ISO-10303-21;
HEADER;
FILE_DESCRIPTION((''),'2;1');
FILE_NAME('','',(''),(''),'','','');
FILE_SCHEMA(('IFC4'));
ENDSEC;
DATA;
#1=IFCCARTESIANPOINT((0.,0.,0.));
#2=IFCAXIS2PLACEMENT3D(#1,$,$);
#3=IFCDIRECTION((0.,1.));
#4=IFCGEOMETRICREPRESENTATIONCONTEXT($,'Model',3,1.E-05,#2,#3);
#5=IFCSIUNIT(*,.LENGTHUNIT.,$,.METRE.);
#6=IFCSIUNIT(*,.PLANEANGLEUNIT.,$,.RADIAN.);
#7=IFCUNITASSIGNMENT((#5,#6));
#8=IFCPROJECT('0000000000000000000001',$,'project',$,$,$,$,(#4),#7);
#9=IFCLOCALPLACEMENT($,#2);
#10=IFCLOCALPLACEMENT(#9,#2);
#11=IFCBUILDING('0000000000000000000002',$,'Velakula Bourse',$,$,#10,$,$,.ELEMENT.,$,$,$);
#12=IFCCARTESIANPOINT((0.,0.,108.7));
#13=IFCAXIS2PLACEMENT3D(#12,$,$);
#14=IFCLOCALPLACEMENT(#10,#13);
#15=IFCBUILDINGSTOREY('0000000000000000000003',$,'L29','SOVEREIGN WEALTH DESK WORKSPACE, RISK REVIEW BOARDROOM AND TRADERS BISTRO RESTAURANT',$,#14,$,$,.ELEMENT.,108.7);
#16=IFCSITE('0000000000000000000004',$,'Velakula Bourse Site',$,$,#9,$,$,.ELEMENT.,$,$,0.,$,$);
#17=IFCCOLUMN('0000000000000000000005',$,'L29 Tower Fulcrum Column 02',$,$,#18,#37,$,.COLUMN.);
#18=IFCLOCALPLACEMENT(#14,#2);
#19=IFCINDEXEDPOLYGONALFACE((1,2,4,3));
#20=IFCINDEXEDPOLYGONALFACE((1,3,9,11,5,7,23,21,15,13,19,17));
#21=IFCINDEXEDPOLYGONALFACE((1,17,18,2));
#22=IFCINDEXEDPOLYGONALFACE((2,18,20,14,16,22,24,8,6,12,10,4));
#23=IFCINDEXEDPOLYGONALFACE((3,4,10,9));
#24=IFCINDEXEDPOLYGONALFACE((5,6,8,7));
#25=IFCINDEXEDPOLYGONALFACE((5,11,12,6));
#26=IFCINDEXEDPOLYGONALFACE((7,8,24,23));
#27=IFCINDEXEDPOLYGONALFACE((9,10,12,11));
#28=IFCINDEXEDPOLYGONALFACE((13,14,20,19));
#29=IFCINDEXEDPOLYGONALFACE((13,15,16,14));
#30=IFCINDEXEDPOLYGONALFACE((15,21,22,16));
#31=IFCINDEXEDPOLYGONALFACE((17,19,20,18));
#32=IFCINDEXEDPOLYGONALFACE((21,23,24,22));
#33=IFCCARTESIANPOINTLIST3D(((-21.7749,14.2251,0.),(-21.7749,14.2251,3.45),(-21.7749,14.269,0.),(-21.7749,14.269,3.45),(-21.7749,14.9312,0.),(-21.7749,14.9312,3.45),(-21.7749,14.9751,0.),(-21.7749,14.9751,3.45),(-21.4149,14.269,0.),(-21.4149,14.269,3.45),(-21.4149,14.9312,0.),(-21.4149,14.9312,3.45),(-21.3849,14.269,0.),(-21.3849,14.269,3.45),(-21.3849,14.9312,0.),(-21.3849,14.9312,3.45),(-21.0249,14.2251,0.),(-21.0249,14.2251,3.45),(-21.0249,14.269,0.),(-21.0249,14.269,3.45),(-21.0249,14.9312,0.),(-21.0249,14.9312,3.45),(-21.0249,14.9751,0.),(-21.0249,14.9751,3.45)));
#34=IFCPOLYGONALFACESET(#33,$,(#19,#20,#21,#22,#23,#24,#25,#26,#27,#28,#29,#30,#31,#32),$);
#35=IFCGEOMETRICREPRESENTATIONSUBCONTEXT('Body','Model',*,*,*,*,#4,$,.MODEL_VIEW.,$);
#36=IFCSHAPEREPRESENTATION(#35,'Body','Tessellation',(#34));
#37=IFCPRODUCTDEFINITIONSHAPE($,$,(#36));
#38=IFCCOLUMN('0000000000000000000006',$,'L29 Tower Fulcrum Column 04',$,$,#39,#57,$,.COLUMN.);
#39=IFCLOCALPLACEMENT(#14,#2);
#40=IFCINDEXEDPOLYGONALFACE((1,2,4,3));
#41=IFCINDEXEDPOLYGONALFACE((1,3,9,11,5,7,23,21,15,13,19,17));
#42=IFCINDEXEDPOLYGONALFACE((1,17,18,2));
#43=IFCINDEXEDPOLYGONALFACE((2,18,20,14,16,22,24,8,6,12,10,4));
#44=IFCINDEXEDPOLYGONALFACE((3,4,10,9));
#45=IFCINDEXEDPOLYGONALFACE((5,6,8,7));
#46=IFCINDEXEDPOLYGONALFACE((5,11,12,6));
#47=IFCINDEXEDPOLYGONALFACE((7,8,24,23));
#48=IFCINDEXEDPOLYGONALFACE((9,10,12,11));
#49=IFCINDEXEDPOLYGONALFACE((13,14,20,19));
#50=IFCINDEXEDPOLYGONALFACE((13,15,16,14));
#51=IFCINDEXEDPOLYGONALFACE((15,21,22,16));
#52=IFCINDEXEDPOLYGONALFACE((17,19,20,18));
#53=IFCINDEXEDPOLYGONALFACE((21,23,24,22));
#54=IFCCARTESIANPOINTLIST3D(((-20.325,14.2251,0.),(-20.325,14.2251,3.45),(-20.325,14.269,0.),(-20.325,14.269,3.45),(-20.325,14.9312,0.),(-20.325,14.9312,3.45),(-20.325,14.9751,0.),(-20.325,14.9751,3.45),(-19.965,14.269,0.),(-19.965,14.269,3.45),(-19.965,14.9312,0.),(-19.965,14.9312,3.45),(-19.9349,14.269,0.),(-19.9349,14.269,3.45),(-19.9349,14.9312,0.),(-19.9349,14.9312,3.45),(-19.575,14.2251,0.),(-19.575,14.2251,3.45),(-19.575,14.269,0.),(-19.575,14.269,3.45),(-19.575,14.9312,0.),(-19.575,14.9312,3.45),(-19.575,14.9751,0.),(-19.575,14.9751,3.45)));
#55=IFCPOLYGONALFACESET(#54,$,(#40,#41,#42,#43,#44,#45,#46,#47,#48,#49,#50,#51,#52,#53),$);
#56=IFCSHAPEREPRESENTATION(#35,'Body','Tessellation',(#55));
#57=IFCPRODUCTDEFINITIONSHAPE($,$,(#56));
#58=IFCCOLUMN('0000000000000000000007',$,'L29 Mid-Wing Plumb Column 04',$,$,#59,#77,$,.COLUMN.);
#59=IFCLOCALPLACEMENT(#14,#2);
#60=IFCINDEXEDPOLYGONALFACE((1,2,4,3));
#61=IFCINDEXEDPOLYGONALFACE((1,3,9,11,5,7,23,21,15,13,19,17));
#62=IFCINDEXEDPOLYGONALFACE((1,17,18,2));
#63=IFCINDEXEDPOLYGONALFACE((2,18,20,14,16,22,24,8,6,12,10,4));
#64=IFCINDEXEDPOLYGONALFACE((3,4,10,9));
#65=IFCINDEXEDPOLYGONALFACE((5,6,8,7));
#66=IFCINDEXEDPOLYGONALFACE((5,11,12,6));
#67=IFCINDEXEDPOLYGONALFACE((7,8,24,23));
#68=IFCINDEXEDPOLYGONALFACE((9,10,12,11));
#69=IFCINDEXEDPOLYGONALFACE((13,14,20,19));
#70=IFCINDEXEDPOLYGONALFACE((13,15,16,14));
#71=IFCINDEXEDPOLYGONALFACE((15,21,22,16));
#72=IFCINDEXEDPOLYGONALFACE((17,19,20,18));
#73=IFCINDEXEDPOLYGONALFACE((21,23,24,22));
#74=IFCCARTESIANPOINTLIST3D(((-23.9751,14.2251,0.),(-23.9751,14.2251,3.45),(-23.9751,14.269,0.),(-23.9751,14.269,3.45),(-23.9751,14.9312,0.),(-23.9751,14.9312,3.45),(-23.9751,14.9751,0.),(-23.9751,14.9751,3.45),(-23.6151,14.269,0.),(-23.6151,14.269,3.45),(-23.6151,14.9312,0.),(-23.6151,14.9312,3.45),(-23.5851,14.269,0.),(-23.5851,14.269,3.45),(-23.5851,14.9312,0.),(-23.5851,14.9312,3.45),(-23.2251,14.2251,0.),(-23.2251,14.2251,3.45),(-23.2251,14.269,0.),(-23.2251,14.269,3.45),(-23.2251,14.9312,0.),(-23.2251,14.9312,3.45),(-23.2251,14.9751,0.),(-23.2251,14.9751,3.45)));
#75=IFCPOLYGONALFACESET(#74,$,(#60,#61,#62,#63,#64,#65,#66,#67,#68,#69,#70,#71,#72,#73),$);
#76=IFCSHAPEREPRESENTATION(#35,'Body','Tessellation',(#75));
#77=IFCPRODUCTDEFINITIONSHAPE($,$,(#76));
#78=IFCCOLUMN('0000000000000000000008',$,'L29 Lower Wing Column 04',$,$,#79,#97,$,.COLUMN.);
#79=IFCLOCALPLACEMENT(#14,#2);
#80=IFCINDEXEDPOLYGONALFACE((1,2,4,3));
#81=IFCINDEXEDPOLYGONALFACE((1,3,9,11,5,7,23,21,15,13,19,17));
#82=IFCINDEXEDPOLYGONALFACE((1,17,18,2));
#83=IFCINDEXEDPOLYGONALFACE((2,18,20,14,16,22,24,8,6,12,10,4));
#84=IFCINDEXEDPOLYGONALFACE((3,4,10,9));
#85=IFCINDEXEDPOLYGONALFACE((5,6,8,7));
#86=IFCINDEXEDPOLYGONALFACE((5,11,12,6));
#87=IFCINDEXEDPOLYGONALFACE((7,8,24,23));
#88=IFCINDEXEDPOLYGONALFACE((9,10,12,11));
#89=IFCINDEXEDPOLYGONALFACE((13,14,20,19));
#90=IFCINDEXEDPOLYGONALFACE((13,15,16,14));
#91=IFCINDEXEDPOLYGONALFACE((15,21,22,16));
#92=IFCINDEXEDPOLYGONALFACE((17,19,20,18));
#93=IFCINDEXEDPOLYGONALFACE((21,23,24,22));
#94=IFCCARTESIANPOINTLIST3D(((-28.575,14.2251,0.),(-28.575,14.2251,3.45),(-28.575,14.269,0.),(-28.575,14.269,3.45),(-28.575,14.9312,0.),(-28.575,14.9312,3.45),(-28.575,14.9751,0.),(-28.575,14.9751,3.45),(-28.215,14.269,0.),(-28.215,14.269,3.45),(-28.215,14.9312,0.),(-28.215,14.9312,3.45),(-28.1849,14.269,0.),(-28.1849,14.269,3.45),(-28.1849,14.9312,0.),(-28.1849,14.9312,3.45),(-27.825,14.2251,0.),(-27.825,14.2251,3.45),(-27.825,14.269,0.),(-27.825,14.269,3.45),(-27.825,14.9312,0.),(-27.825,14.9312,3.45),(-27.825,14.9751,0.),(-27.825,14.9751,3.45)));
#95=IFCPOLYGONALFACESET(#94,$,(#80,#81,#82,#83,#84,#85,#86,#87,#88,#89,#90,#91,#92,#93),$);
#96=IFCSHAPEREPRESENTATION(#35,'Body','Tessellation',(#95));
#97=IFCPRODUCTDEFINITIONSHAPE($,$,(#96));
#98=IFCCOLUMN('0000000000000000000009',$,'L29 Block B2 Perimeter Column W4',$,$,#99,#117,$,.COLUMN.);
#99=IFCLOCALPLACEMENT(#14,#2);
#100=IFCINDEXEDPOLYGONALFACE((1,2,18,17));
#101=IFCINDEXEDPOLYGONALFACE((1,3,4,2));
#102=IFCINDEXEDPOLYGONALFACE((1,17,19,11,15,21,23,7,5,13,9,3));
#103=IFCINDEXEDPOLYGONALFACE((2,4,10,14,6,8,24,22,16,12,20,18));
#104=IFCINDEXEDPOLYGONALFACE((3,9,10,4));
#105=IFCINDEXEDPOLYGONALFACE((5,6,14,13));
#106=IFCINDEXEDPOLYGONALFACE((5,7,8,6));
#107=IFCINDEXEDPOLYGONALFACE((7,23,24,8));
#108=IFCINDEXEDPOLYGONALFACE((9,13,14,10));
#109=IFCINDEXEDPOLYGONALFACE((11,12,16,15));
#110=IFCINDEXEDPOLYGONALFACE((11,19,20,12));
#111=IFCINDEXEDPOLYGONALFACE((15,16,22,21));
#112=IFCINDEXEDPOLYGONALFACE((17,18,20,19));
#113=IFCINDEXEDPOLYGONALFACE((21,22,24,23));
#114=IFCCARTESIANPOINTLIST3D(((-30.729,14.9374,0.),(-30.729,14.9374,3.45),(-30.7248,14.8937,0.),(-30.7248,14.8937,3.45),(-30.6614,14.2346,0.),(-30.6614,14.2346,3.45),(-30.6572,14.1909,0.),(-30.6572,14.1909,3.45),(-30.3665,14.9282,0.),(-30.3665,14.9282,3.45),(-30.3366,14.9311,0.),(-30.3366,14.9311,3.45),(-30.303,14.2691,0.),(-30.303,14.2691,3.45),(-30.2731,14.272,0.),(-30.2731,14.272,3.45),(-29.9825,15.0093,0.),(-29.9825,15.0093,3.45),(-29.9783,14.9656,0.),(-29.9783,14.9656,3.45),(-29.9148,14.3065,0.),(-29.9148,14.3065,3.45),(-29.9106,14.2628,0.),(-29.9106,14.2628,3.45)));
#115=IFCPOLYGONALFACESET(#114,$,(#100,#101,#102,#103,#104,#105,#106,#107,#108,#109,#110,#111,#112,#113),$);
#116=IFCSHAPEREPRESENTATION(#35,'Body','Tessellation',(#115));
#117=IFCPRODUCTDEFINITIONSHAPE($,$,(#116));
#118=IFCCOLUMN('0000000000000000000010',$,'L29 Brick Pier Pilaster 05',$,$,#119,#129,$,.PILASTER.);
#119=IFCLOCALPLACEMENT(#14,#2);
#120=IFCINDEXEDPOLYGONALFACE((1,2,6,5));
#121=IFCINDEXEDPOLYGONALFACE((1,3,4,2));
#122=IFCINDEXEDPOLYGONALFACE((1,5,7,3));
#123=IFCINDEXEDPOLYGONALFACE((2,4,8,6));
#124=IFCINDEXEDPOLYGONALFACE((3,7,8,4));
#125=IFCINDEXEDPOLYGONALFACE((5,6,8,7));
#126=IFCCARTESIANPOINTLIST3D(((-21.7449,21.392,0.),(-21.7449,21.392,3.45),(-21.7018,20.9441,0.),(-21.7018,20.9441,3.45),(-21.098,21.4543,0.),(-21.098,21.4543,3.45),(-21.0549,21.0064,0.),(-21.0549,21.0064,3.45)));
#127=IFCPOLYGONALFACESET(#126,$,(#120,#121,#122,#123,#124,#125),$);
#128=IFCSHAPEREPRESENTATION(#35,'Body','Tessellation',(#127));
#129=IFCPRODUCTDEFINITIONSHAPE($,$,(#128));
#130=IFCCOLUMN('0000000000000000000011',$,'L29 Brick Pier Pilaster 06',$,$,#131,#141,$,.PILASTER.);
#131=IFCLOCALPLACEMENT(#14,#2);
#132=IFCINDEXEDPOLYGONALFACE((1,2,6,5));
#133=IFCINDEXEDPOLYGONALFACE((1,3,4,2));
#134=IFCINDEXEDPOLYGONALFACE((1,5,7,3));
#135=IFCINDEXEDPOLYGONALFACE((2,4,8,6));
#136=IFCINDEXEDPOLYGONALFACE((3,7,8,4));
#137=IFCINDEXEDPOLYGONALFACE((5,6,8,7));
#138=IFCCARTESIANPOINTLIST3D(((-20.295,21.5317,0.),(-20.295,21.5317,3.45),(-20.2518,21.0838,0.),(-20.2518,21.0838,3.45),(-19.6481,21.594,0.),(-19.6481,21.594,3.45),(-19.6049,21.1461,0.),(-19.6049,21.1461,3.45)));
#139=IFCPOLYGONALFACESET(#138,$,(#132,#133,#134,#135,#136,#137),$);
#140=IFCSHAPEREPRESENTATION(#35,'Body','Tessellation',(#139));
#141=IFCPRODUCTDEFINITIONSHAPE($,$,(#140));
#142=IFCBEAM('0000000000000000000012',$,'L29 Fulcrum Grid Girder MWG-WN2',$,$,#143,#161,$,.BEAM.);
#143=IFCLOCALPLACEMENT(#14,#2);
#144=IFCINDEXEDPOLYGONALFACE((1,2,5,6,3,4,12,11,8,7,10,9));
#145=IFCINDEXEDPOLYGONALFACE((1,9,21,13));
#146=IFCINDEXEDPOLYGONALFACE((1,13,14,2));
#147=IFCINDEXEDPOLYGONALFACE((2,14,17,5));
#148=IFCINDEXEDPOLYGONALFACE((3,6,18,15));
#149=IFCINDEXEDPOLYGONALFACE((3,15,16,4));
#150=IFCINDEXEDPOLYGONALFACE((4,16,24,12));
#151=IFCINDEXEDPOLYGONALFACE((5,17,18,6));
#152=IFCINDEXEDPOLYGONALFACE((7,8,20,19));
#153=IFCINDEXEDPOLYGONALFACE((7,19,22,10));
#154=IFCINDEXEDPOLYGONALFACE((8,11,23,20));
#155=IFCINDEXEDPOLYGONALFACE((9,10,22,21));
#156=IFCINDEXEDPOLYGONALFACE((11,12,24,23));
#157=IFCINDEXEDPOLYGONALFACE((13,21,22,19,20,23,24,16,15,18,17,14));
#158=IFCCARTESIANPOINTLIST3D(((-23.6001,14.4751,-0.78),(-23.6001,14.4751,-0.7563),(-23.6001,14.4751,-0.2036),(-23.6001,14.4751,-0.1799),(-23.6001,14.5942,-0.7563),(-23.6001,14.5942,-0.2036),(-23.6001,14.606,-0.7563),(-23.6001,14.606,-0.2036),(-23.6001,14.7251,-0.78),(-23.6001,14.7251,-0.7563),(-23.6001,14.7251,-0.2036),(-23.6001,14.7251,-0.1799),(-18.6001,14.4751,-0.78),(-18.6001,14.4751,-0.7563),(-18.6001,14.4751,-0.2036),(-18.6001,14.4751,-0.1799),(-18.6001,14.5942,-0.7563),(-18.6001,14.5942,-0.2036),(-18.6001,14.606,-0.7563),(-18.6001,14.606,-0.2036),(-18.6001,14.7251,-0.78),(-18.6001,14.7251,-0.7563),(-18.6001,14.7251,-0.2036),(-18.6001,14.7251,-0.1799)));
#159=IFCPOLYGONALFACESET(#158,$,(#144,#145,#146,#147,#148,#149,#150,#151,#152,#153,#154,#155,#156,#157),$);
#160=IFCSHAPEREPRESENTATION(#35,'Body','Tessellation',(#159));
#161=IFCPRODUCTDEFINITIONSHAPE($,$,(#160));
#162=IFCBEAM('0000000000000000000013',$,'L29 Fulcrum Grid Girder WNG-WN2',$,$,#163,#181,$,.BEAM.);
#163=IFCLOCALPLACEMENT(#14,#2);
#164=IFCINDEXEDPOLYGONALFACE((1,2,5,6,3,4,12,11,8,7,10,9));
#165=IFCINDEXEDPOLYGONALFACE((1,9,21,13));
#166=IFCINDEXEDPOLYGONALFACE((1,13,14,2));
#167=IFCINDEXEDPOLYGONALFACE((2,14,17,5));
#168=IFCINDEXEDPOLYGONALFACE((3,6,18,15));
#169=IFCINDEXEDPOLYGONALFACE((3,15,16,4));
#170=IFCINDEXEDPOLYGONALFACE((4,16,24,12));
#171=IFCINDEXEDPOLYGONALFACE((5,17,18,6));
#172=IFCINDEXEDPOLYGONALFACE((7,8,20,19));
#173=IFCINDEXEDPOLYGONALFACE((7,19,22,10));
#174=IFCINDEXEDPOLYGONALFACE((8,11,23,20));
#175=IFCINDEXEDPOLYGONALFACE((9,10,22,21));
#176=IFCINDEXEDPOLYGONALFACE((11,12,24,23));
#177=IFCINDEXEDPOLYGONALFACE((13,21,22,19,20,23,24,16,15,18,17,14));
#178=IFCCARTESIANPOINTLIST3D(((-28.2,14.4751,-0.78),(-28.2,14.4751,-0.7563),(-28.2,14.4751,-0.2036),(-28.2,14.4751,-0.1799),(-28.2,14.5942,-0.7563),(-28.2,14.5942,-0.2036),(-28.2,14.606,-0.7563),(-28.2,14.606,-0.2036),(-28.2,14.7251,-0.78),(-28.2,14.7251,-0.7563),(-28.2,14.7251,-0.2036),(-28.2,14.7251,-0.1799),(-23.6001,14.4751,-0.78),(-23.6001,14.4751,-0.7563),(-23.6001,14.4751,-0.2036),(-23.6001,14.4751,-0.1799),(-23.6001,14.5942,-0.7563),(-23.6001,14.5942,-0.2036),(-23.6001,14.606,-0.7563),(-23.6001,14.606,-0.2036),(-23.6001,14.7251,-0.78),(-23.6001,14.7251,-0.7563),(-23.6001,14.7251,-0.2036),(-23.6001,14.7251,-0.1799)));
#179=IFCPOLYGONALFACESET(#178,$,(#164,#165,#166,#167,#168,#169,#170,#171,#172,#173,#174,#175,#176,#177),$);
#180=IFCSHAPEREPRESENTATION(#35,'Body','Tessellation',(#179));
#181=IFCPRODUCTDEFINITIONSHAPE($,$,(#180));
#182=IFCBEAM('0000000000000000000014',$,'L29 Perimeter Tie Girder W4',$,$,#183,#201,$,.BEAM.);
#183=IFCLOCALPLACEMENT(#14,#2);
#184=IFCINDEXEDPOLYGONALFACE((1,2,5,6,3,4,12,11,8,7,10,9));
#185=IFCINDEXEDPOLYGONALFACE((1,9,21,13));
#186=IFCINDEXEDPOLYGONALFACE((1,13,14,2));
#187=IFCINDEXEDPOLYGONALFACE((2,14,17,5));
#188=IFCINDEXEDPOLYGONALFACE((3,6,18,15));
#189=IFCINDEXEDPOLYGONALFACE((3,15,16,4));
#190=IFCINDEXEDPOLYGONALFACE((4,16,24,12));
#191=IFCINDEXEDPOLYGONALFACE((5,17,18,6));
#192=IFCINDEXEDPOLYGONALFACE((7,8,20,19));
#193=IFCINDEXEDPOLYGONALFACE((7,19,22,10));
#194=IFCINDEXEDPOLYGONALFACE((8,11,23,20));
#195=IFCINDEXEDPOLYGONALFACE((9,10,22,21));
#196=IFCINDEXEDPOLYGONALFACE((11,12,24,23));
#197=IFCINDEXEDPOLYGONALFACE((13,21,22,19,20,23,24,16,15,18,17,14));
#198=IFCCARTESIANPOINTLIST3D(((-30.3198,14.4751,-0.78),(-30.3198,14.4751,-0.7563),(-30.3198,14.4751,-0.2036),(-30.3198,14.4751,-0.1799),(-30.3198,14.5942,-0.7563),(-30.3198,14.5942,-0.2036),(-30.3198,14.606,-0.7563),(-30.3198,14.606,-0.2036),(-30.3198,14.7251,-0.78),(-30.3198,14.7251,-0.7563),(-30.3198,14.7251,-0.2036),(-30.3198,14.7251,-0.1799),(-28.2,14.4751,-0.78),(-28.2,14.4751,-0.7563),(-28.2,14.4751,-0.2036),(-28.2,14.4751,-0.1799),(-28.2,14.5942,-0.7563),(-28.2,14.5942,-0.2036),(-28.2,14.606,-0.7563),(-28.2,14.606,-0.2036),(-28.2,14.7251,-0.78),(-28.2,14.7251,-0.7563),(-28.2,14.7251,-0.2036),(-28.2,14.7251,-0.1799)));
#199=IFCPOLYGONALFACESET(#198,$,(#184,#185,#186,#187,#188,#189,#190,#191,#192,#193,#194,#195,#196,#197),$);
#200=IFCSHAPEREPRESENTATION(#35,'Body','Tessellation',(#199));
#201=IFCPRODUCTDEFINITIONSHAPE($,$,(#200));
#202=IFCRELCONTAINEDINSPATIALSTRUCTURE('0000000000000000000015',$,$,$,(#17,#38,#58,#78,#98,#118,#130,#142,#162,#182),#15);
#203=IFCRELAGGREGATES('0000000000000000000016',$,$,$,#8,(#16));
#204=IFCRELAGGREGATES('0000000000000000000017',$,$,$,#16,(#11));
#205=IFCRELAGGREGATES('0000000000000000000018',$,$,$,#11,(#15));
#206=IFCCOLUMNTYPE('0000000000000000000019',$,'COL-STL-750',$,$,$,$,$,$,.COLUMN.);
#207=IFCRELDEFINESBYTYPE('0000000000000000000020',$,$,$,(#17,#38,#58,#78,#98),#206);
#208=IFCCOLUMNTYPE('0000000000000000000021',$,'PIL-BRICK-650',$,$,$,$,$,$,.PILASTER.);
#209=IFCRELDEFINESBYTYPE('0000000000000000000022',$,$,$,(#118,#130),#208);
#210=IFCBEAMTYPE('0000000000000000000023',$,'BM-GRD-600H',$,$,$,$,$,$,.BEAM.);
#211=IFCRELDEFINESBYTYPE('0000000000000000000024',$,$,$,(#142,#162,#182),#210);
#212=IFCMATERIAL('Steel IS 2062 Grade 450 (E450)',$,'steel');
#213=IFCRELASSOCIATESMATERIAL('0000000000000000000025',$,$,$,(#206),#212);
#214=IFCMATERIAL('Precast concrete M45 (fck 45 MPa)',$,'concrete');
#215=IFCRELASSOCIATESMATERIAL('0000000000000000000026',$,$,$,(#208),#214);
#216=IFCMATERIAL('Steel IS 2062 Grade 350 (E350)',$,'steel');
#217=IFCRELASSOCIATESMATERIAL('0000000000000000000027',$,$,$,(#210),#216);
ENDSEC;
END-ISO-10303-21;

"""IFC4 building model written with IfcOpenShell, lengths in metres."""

from ifc_helpers import new_model, si_unit, direction, frame, origin, origin_2d, place, context, subcontext, project, spatial, rectangle, i_section, extrude, material, material_profile, profile_set, type_object, element, save


model = new_model("IFC4")

# Units and contexts
model_context = context("Model", 3, precision=1e-05, world=origin(), true_north=direction((0.0, 1.0)))
body_context = subcontext(model_context, "Body", "Model", "MODEL_VIEW")
ifc_project = project(units=[si_unit("LENGTHUNIT", "METRE"), si_unit("PLANEANGLEUNIT", "RADIAN")], contexts=[model_context])

# Site, building, storey
site_placement = place(None, origin())
site = spatial("IfcSite", under=ifc_project, at=site_placement, Name="Velakula Bourse Site", CompositionType="ELEMENT", RefElevation=0.0)
building_placement = place(site_placement, origin())
building = spatial("IfcBuilding", under=site, at=building_placement, Name="Velakula Bourse", CompositionType="ELEMENT")
storey_placement = place(building_placement, frame((0.0, 0.0, 108.7)))
storey = spatial("IfcBuildingStorey", under=building, at=storey_placement, Name="L29", Description="SOVEREIGN WEALTH DESK WORKSPACE, RISK REVIEW BOARDROOM AND TRADERS BISTRO RESTAURANT", CompositionType="ELEMENT", Elevation=108.7)

# Columns
ifc_material_1 = material(Name="Steel IS 2062 Grade 450 (E450)", Category="steel")
ifc_material_profile_1 = material_profile(ifc_material_1, i_section(OverallWidth=0.75, OverallDepth=0.75, WebThickness=0.03, FlangeThickness=0.0439, at=origin_2d()), Name="Steel IS 2062 Grade 450 (E450)")
ifc_profile_set_1 = profile_set([ifc_material_profile_1], Name="Steel IS 2062 Grade 450 (E450)")
column_type_1 = type_object("IfcColumnType", Name="COL-STL-750", PredefinedType="COLUMN", material=ifc_profile_set_1)
for number, where, z_axis, x_axis, name in (
    (1, (-21.3999, 14.6001, 0.0), (0.0, 0.0, 1.0), (1.0, 0.0, 0.0), "L29 Tower Fulcrum Column 02"),
    (2, (-19.95, 14.6001, 0.0), (0.0, 0.0, 1.0), (1.0, 0.0, 0.0), "L29 Tower Fulcrum Column 04"),
    (3, (-23.6001, 14.6001, 0.0), (0.0, 0.0, 1.0), (1.0, 0.0, 0.0), "L29 Mid-Wing Plumb Column 04"),
    (4, (-28.2, 14.6001, 0.0), (0.0, 0.0, 1.0), (1.0, 0.0, 0.0), "L29 Lower Wing Column 04"),
    (5, (-30.3198, 14.6001, 0.0), (0.0, 0.0, 1.0), (0.995396, 0.095846, 0.0), "L29 Block B2 Perimeter Column W4"),
):
    element("IfcColumn", number, at=place(storey_placement, frame(where, z_axis=z_axis, x_axis=x_axis)), inside=storey, type_object=column_type_1, Name=name, PredefinedType="COLUMN", context=body_context, shape_type="SweptSolid", body=[
        extrude(i_section(OverallWidth=0.75, OverallDepth=0.75, WebThickness=0.03, FlangeThickness=0.0439, at=origin_2d()), origin(), (0.0, 0.0, 1.0), 3.45),
    ])
ifc_material_2 = material(Name="Precast concrete M45 (fck 45 MPa)", Category="concrete")
ifc_material_profile_2 = material_profile(ifc_material_2, rectangle(XDim=0.6499, YDim=0.45, at=origin_2d()), Name="Precast concrete M45 (fck 45 MPa)")
ifc_profile_set_2 = profile_set([ifc_material_profile_2], Name="Precast concrete M45 (fck 45 MPa)")
column_type_2 = type_object("IfcColumnType", Name="PIL-BRICK-650", PredefinedType="PILASTER", material=ifc_profile_set_2)
for number, where, z_axis, x_axis, name in (
    (6, (-21.3999, 21.1992, 0.0), (0.0, 0.0, 1.0), (0.995396, 0.095846, 0.0), "L29 Brick Pier Pilaster 05"),
    (7, (-19.95, 21.3389, 0.0), (0.0, 0.0, 1.0), (0.995396, 0.095846, 0.0), "L29 Brick Pier Pilaster 06"),
):
    element("IfcColumn", number, at=place(storey_placement, frame(where, z_axis=z_axis, x_axis=x_axis)), inside=storey, type_object=column_type_2, Name=name, PredefinedType="PILASTER", context=body_context, shape_type="SweptSolid", body=[
        extrude(rectangle(XDim=0.6499, YDim=0.45, at=origin_2d()), origin(), (0.0, 0.0, 1.0), 3.45),
    ])

# Beams
ifc_material_3 = material(Name="Steel IS 2062 Grade 350 (E350)", Category="steel")
ifc_material_profile_3 = material_profile(ifc_material_3, i_section(OverallWidth=0.25, OverallDepth=0.6001, WebThickness=0.0117, FlangeThickness=0.0237, at=origin_2d()), Name="Steel IS 2062 Grade 350 (E350)")
ifc_profile_set_3 = profile_set([ifc_material_profile_3], Name="Steel IS 2062 Grade 350 (E350)")
beam_type_1 = type_object("IfcBeamType", Name="BM-GRD-600H", PredefinedType="BEAM", material=ifc_profile_set_3)
beam_1_placement = place(storey_placement, frame((-23.6001, 14.6001, -0.48), z_axis=(1.0, 0.0, 0.0), x_axis=(0.0, 1.0, 0.0)))
element("IfcBeam", 8, at=beam_1_placement, inside=storey, type_object=beam_type_1, Name="L29 Fulcrum Grid Girder MWG-WN2", PredefinedType="BEAM", context=body_context, shape_type="SweptSolid", body=[
    extrude(i_section(OverallWidth=0.25, OverallDepth=0.6001, WebThickness=0.0117, FlangeThickness=0.0237, at=origin_2d()), origin(), (0.0, 0.0, 1.0), 5.0),
])
beam_2_placement = place(storey_placement, frame((-28.2, 14.6001, -0.48), z_axis=(1.0, 0.0, 0.0), x_axis=(0.0, 1.0, 0.0)))
element("IfcBeam", 9, at=beam_2_placement, inside=storey, type_object=beam_type_1, Name="L29 Fulcrum Grid Girder WNG-WN2", PredefinedType="BEAM", context=body_context, shape_type="SweptSolid", body=[
    extrude(i_section(OverallWidth=0.25, OverallDepth=0.6001, WebThickness=0.0117, FlangeThickness=0.0237, at=origin_2d()), origin(), (0.0, 0.0, 1.0), 4.5999),
])
beam_3_placement = place(storey_placement, frame((-28.2, 14.6001, -0.48), z_axis=(-1.0, 0.0, 0.0), x_axis=(0.0, -1.0, 0.0)))
element("IfcBeam", 10, at=beam_3_placement, inside=storey, type_object=beam_type_1, Name="L29 Perimeter Tie Girder W4", PredefinedType="BEAM", context=body_context, shape_type="SweptSolid", body=[
    extrude(i_section(OverallWidth=0.25, OverallDepth=0.6001, WebThickness=0.0117, FlangeThickness=0.0237, at=origin_2d()), origin(), (0.0, 0.0, 1.0), 2.1199),
])

save(model, "model.ifc")
